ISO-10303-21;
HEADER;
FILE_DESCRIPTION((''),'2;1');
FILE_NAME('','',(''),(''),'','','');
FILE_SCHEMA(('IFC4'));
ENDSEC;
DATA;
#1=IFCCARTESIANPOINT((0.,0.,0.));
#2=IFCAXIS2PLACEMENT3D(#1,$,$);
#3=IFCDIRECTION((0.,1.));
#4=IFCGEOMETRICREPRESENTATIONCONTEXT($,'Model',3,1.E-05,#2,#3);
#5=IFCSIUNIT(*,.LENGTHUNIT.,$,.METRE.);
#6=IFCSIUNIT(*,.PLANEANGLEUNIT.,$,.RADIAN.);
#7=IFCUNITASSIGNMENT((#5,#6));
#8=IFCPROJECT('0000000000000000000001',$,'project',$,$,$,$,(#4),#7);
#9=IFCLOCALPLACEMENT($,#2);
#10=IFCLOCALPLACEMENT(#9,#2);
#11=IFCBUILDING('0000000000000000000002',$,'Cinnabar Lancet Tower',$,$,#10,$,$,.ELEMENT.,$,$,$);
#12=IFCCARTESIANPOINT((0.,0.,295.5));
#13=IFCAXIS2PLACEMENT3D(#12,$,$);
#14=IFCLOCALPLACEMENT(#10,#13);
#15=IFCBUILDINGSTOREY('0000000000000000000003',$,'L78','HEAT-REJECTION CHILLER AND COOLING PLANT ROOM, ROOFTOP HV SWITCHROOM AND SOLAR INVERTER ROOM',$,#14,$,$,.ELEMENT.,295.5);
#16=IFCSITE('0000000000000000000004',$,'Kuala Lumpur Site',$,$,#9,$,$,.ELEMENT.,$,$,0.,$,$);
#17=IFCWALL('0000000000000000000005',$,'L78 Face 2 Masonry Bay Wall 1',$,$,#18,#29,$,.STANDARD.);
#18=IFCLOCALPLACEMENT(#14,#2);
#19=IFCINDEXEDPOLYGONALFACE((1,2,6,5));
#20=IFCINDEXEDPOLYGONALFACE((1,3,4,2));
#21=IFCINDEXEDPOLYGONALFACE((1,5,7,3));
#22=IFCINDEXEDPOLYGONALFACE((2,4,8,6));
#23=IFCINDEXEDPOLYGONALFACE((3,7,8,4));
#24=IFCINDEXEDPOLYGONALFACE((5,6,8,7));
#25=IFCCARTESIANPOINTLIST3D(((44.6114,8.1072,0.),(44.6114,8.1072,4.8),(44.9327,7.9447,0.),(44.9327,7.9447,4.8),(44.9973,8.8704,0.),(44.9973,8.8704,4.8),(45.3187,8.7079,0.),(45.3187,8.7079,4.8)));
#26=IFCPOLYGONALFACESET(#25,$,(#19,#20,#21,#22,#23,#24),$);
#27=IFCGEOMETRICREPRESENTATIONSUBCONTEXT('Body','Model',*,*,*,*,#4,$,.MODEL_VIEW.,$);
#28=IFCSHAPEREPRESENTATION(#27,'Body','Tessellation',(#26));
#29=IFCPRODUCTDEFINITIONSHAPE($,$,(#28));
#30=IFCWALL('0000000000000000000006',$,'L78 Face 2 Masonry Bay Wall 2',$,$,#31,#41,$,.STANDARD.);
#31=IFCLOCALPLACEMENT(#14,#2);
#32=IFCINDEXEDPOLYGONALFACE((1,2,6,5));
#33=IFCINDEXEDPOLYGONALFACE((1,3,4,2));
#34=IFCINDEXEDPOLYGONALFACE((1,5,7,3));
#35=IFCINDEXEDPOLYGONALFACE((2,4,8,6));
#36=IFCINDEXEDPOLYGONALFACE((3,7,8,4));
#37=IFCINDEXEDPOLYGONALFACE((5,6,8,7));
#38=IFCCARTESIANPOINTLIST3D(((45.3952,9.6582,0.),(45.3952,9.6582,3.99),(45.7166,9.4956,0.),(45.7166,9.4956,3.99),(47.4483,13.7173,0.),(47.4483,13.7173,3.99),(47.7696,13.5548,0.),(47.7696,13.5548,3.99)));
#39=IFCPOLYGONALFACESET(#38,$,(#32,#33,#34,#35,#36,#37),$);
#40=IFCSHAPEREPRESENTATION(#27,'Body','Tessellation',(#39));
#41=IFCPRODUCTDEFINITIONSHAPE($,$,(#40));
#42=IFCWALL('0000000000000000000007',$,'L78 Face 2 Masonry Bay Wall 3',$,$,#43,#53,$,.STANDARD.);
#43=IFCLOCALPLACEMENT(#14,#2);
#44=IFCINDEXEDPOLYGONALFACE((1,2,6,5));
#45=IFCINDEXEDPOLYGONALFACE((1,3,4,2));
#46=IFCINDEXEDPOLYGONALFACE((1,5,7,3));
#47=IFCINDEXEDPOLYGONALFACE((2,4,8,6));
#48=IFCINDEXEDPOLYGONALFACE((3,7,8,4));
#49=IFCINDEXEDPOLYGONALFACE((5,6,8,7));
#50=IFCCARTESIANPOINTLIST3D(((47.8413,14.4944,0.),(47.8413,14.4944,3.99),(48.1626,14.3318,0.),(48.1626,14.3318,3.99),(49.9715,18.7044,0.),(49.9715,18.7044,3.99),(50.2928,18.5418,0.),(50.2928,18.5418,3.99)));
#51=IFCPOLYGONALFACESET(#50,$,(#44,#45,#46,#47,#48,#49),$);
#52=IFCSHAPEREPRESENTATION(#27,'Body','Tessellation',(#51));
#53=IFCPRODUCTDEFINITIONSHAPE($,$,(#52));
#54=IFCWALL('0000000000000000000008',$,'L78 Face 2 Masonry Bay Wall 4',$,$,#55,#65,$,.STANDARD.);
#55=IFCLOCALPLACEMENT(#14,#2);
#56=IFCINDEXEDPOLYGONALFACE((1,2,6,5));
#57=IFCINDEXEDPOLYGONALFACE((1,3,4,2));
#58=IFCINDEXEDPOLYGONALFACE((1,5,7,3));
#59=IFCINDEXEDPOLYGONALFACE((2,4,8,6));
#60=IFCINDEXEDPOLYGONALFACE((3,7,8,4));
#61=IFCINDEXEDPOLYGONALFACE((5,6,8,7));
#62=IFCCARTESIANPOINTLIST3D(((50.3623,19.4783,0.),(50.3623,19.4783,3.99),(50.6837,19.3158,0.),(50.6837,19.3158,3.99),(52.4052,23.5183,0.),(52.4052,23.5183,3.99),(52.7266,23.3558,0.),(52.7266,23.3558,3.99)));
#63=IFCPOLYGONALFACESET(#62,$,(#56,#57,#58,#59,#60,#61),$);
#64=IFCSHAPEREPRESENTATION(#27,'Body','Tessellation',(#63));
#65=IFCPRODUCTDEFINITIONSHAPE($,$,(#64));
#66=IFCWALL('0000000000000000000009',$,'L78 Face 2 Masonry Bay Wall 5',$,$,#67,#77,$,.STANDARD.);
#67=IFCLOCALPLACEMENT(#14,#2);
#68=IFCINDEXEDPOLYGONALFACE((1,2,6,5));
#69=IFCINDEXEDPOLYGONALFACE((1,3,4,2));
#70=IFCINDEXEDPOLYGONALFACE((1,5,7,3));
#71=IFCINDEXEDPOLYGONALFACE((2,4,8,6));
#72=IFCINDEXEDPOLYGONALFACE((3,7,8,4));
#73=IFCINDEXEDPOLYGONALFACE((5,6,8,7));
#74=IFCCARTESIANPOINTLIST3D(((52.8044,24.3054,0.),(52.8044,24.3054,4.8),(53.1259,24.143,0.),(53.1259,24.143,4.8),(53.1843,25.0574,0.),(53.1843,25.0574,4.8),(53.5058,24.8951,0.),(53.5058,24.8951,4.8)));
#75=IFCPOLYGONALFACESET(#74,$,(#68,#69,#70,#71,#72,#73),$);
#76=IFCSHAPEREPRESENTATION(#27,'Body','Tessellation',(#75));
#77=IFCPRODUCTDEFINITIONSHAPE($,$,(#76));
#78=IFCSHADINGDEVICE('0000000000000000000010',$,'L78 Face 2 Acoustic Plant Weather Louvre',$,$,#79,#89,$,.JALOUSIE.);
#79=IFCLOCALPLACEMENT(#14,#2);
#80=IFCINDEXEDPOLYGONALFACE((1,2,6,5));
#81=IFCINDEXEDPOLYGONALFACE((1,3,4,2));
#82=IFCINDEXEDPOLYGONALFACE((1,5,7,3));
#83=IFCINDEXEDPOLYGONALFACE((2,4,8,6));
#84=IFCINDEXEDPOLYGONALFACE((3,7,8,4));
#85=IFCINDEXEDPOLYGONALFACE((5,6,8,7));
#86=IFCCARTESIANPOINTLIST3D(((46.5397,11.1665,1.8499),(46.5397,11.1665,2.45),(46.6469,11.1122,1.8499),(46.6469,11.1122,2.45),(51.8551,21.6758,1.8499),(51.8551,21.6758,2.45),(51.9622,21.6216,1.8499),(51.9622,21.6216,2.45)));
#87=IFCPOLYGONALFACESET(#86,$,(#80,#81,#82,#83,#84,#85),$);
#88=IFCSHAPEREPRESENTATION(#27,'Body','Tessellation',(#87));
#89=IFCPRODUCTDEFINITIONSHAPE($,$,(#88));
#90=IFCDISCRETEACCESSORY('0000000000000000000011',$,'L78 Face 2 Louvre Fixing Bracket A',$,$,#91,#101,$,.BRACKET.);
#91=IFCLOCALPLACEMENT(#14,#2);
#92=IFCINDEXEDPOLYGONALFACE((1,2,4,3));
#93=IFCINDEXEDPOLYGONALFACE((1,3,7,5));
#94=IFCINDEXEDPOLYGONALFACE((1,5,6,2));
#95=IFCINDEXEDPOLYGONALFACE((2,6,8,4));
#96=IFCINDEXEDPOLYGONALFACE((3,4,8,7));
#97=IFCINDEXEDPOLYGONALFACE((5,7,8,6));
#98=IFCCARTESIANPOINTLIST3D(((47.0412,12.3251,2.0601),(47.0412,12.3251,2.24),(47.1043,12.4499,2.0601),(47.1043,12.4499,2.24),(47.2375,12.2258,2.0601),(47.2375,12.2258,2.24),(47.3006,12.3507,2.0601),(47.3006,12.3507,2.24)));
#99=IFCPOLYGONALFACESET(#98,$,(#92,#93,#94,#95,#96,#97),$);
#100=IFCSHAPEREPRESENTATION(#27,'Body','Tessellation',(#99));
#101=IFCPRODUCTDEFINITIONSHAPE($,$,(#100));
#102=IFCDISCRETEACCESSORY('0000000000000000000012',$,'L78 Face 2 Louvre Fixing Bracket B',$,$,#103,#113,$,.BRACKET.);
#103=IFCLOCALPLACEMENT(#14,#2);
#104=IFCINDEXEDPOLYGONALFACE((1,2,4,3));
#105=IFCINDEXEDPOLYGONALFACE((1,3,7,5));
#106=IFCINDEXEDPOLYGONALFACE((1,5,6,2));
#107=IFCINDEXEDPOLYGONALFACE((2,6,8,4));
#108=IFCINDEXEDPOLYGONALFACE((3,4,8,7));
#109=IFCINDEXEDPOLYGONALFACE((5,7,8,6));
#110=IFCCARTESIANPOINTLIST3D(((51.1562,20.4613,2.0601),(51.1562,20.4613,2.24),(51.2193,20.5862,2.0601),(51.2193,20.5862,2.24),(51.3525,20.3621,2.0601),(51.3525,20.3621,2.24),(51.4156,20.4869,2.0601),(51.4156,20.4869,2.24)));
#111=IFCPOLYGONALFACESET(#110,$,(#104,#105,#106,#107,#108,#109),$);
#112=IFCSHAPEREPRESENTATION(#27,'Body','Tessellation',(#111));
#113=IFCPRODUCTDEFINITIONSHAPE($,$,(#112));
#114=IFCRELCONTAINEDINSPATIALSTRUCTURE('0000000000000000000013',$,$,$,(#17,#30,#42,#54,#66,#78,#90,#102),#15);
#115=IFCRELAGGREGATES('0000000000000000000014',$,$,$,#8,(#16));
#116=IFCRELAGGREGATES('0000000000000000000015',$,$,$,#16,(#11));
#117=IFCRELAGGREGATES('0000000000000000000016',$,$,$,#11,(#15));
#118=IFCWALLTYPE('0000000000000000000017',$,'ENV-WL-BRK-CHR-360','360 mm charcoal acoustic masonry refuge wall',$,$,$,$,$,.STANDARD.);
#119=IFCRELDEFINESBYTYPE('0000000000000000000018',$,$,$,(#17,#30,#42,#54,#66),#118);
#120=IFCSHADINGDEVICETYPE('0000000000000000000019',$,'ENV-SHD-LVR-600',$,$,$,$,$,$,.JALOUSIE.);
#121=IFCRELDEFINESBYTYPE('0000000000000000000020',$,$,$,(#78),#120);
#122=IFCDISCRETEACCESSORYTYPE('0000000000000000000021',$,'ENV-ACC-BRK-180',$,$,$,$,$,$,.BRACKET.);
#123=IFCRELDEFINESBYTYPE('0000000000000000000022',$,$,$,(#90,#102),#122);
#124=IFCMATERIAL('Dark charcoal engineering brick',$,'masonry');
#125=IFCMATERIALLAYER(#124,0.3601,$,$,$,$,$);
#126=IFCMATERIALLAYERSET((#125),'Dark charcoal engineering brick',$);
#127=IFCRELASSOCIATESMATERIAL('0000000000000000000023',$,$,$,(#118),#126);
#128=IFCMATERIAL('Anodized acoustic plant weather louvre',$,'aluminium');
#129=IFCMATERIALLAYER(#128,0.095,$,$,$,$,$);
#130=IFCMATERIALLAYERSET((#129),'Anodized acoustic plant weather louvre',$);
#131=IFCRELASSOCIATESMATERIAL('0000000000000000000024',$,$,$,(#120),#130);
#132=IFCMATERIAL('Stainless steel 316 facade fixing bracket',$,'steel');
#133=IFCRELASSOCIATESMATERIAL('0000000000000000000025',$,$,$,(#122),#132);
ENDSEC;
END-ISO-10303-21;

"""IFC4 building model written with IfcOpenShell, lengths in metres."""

from ifc_helpers import new_model, si_unit, direction, frame, frame_2d, origin, origin_2d, place, context, subcontext, project, spatial, rectangle, extrude, material, layer, layer_set, type_object, element, save


model = new_model("IFC4")

# Units and contexts
model_context = context("Model", 3, precision=1e-05, world=origin(), true_north=direction((0.0, 1.0)))
body_context = subcontext(model_context, "Body", "Model", "MODEL_VIEW")
ifc_project = project(units=[si_unit("LENGTHUNIT", "METRE"), si_unit("PLANEANGLEUNIT", "RADIAN")], contexts=[model_context])

# Site, building, storey
site_placement = place(None, origin())
site = spatial("IfcSite", under=ifc_project, at=site_placement, Name="Kuala Lumpur Site", CompositionType="ELEMENT", RefElevation=0.0)
building_placement = place(site_placement, origin())
building = spatial("IfcBuilding", under=site, at=building_placement, Name="Cinnabar Lancet Tower", CompositionType="ELEMENT")
storey_placement = place(building_placement, frame((0.0, 0.0, 295.5)))
storey = spatial("IfcBuildingStorey", under=building, at=storey_placement, Name="L78", Description="HEAT-REJECTION CHILLER AND COOLING PLANT ROOM, ROOFTOP HV SWITCHROOM AND SOLAR INVERTER ROOM", CompositionType="ELEMENT", Elevation=295.5)

# Walls
ifc_material_1 = material(Name="Dark charcoal engineering brick", Category="masonry")
ifc_layer_1 = layer(ifc_material_1, 0.3601)
ifc_layer_set_1 = layer_set([ifc_layer_1], Name="Dark charcoal engineering brick")
wall_type_1 = type_object("IfcWallType", Name="ENV-WL-BRK-CHR-360", Description="360 mm charcoal acoustic masonry refuge wall", PredefinedType="STANDARD", material=ifc_layer_set_1)
wall_1_placement = place(storey_placement, frame((44.772, 8.0259, 0.0), z_axis=(0.0, 0.0, 1.0), x_axis=(0.45132, 0.892362, 0.0)))
element("IfcWall", 1, at=wall_1_placement, inside=storey, type_object=wall_type_1, Name="L78 Face 2 Masonry Bay Wall 1", PredefinedType="STANDARD", context=body_context, shape_type="SweptSolid", body=[
    extrude(rectangle(XDim=0.8552, YDim=0.3601, at=frame_2d((0.4277, 0.0))), origin(), (0.0, 0.0, 1.0), 4.8),
])
wall_2_placement = place(storey_placement, frame((45.5559, 9.5769, 0.0), z_axis=(0.0, 0.0, 1.0), x_axis=(0.451331, 0.892357, 0.0)))
element("IfcWall", 2, at=wall_2_placement, inside=storey, type_object=wall_type_1, Name="L78 Face 2 Masonry Bay Wall 2", PredefinedType="STANDARD", context=body_context, shape_type="SweptSolid", body=[
    extrude(rectangle(XDim=4.5488, YDim=0.3601, at=frame_2d((2.2744, 0.0))), origin(), (0.0, 0.0, 1.0), 3.99),
])
wall_3_placement = place(storey_placement, frame((48.002, 14.4131, 0.0), z_axis=(0.0, 0.0, 1.0), x_axis=(0.451472, 0.892285, 0.0)))
element("IfcWall", 3, at=wall_3_placement, inside=storey, type_object=wall_type_1, Name="L78 Face 2 Masonry Bay Wall 3", PredefinedType="STANDARD", context=body_context, shape_type="SweptSolid", body=[
    extrude(rectangle(XDim=4.7183, YDim=0.3601, at=frame_2d((2.3591, 0.0))), origin(), (0.0, 0.0, 1.0), 3.99),
])
wall_4_placement = place(storey_placement, frame((50.5229, 19.397, 0.0), z_axis=(0.0, 0.0, 1.0), x_axis=(0.451264, 0.89239, 0.0)))
element("IfcWall", 4, at=wall_4_placement, inside=storey, type_object=wall_type_1, Name="L78 Face 2 Masonry Bay Wall 4", PredefinedType="STANDARD", context=body_context, shape_type="SweptSolid", body=[
    extrude(rectangle(XDim=4.5271, YDim=0.3601, at=frame_2d((2.2637, 0.0))), origin(), (0.0, 0.0, 1.0), 3.99),
])
wall_5_placement = place(storey_placement, frame((52.9651, 24.2241, 0.0), z_axis=(0.0, 0.0, 1.0), x_axis=(0.450919, 0.892565, 0.0)))
element("IfcWall", 5, at=wall_5_placement, inside=storey, type_object=wall_type_1, Name="L78 Face 2 Masonry Bay Wall 5", PredefinedType="STANDARD", context=body_context, shape_type="SweptSolid", body=[
    extrude(rectangle(XDim=0.8425, YDim=0.3601, at=frame_2d((0.4214, 0.0))), origin(), (0.0, 0.0, 1.0), 4.8),
])

# Shading device
ifc_material_2 = material(Name="Anodized acoustic plant weather louvre", Category="aluminium")
ifc_layer_2 = layer(ifc_material_2, 0.095)
ifc_layer_set_2 = layer_set([ifc_layer_2], Name="Anodized acoustic plant weather louvre")
shading_device_type = type_object("IfcShadingDeviceType", Name="ENV-SHD-LVR-600", PredefinedType="JALOUSIE", material=ifc_layer_set_2)
shading_device_placement = place(storey_placement, frame((49.251, 16.394, 1.8499), z_axis=(0.0, 0.0, 1.0), x_axis=(0.451329, 0.892357, 0.0)))
element("IfcShadingDevice", 6, at=shading_device_placement, inside=storey, type_object=shading_device_type, Name="L78 Face 2 Acoustic Plant Weather Louvre", PredefinedType="JALOUSIE", context=body_context, shape_type="SweptSolid", body=[
    extrude(rectangle(XDim=11.7771, YDim=0.1201, at=origin_2d()), origin(), (0.0, 0.0, 1.0), 0.6001),
])

# Discrete accessories
ifc_material_3 = material(Name="Stainless steel 316 facade fixing bracket", Category="steel")
discrete_accessory_type = type_object("IfcDiscreteAccessoryType", Name="ENV-ACC-BRK-180", PredefinedType="BRACKET", material=ifc_material_3)
for number, where, z_axis, x_axis, name in (
    (7, (47.1709, 12.3379, 2.0601), (0.0, 0.0, 1.0), (0.451329, 0.892357, 0.0), "L78 Face 2 Louvre Fixing Bracket A"),
    (8, (51.2859, 20.4741, 2.0601), (0.0, 0.0, 1.0), (0.451329, 0.892357, 0.0), "L78 Face 2 Louvre Fixing Bracket B"),
):
    element("IfcDiscreteAccessory", number, at=place(storey_placement, frame(where, z_axis=z_axis, x_axis=x_axis)), inside=storey, type_object=discrete_accessory_type, Name=name, PredefinedType="BRACKET", context=body_context, shape_type="SweptSolid", body=[
        extrude(rectangle(XDim=0.1399, YDim=0.22, at=origin_2d()), origin(), (0.0, 0.0, 1.0), 0.1799),
    ])

save(model, "model.ifc")
